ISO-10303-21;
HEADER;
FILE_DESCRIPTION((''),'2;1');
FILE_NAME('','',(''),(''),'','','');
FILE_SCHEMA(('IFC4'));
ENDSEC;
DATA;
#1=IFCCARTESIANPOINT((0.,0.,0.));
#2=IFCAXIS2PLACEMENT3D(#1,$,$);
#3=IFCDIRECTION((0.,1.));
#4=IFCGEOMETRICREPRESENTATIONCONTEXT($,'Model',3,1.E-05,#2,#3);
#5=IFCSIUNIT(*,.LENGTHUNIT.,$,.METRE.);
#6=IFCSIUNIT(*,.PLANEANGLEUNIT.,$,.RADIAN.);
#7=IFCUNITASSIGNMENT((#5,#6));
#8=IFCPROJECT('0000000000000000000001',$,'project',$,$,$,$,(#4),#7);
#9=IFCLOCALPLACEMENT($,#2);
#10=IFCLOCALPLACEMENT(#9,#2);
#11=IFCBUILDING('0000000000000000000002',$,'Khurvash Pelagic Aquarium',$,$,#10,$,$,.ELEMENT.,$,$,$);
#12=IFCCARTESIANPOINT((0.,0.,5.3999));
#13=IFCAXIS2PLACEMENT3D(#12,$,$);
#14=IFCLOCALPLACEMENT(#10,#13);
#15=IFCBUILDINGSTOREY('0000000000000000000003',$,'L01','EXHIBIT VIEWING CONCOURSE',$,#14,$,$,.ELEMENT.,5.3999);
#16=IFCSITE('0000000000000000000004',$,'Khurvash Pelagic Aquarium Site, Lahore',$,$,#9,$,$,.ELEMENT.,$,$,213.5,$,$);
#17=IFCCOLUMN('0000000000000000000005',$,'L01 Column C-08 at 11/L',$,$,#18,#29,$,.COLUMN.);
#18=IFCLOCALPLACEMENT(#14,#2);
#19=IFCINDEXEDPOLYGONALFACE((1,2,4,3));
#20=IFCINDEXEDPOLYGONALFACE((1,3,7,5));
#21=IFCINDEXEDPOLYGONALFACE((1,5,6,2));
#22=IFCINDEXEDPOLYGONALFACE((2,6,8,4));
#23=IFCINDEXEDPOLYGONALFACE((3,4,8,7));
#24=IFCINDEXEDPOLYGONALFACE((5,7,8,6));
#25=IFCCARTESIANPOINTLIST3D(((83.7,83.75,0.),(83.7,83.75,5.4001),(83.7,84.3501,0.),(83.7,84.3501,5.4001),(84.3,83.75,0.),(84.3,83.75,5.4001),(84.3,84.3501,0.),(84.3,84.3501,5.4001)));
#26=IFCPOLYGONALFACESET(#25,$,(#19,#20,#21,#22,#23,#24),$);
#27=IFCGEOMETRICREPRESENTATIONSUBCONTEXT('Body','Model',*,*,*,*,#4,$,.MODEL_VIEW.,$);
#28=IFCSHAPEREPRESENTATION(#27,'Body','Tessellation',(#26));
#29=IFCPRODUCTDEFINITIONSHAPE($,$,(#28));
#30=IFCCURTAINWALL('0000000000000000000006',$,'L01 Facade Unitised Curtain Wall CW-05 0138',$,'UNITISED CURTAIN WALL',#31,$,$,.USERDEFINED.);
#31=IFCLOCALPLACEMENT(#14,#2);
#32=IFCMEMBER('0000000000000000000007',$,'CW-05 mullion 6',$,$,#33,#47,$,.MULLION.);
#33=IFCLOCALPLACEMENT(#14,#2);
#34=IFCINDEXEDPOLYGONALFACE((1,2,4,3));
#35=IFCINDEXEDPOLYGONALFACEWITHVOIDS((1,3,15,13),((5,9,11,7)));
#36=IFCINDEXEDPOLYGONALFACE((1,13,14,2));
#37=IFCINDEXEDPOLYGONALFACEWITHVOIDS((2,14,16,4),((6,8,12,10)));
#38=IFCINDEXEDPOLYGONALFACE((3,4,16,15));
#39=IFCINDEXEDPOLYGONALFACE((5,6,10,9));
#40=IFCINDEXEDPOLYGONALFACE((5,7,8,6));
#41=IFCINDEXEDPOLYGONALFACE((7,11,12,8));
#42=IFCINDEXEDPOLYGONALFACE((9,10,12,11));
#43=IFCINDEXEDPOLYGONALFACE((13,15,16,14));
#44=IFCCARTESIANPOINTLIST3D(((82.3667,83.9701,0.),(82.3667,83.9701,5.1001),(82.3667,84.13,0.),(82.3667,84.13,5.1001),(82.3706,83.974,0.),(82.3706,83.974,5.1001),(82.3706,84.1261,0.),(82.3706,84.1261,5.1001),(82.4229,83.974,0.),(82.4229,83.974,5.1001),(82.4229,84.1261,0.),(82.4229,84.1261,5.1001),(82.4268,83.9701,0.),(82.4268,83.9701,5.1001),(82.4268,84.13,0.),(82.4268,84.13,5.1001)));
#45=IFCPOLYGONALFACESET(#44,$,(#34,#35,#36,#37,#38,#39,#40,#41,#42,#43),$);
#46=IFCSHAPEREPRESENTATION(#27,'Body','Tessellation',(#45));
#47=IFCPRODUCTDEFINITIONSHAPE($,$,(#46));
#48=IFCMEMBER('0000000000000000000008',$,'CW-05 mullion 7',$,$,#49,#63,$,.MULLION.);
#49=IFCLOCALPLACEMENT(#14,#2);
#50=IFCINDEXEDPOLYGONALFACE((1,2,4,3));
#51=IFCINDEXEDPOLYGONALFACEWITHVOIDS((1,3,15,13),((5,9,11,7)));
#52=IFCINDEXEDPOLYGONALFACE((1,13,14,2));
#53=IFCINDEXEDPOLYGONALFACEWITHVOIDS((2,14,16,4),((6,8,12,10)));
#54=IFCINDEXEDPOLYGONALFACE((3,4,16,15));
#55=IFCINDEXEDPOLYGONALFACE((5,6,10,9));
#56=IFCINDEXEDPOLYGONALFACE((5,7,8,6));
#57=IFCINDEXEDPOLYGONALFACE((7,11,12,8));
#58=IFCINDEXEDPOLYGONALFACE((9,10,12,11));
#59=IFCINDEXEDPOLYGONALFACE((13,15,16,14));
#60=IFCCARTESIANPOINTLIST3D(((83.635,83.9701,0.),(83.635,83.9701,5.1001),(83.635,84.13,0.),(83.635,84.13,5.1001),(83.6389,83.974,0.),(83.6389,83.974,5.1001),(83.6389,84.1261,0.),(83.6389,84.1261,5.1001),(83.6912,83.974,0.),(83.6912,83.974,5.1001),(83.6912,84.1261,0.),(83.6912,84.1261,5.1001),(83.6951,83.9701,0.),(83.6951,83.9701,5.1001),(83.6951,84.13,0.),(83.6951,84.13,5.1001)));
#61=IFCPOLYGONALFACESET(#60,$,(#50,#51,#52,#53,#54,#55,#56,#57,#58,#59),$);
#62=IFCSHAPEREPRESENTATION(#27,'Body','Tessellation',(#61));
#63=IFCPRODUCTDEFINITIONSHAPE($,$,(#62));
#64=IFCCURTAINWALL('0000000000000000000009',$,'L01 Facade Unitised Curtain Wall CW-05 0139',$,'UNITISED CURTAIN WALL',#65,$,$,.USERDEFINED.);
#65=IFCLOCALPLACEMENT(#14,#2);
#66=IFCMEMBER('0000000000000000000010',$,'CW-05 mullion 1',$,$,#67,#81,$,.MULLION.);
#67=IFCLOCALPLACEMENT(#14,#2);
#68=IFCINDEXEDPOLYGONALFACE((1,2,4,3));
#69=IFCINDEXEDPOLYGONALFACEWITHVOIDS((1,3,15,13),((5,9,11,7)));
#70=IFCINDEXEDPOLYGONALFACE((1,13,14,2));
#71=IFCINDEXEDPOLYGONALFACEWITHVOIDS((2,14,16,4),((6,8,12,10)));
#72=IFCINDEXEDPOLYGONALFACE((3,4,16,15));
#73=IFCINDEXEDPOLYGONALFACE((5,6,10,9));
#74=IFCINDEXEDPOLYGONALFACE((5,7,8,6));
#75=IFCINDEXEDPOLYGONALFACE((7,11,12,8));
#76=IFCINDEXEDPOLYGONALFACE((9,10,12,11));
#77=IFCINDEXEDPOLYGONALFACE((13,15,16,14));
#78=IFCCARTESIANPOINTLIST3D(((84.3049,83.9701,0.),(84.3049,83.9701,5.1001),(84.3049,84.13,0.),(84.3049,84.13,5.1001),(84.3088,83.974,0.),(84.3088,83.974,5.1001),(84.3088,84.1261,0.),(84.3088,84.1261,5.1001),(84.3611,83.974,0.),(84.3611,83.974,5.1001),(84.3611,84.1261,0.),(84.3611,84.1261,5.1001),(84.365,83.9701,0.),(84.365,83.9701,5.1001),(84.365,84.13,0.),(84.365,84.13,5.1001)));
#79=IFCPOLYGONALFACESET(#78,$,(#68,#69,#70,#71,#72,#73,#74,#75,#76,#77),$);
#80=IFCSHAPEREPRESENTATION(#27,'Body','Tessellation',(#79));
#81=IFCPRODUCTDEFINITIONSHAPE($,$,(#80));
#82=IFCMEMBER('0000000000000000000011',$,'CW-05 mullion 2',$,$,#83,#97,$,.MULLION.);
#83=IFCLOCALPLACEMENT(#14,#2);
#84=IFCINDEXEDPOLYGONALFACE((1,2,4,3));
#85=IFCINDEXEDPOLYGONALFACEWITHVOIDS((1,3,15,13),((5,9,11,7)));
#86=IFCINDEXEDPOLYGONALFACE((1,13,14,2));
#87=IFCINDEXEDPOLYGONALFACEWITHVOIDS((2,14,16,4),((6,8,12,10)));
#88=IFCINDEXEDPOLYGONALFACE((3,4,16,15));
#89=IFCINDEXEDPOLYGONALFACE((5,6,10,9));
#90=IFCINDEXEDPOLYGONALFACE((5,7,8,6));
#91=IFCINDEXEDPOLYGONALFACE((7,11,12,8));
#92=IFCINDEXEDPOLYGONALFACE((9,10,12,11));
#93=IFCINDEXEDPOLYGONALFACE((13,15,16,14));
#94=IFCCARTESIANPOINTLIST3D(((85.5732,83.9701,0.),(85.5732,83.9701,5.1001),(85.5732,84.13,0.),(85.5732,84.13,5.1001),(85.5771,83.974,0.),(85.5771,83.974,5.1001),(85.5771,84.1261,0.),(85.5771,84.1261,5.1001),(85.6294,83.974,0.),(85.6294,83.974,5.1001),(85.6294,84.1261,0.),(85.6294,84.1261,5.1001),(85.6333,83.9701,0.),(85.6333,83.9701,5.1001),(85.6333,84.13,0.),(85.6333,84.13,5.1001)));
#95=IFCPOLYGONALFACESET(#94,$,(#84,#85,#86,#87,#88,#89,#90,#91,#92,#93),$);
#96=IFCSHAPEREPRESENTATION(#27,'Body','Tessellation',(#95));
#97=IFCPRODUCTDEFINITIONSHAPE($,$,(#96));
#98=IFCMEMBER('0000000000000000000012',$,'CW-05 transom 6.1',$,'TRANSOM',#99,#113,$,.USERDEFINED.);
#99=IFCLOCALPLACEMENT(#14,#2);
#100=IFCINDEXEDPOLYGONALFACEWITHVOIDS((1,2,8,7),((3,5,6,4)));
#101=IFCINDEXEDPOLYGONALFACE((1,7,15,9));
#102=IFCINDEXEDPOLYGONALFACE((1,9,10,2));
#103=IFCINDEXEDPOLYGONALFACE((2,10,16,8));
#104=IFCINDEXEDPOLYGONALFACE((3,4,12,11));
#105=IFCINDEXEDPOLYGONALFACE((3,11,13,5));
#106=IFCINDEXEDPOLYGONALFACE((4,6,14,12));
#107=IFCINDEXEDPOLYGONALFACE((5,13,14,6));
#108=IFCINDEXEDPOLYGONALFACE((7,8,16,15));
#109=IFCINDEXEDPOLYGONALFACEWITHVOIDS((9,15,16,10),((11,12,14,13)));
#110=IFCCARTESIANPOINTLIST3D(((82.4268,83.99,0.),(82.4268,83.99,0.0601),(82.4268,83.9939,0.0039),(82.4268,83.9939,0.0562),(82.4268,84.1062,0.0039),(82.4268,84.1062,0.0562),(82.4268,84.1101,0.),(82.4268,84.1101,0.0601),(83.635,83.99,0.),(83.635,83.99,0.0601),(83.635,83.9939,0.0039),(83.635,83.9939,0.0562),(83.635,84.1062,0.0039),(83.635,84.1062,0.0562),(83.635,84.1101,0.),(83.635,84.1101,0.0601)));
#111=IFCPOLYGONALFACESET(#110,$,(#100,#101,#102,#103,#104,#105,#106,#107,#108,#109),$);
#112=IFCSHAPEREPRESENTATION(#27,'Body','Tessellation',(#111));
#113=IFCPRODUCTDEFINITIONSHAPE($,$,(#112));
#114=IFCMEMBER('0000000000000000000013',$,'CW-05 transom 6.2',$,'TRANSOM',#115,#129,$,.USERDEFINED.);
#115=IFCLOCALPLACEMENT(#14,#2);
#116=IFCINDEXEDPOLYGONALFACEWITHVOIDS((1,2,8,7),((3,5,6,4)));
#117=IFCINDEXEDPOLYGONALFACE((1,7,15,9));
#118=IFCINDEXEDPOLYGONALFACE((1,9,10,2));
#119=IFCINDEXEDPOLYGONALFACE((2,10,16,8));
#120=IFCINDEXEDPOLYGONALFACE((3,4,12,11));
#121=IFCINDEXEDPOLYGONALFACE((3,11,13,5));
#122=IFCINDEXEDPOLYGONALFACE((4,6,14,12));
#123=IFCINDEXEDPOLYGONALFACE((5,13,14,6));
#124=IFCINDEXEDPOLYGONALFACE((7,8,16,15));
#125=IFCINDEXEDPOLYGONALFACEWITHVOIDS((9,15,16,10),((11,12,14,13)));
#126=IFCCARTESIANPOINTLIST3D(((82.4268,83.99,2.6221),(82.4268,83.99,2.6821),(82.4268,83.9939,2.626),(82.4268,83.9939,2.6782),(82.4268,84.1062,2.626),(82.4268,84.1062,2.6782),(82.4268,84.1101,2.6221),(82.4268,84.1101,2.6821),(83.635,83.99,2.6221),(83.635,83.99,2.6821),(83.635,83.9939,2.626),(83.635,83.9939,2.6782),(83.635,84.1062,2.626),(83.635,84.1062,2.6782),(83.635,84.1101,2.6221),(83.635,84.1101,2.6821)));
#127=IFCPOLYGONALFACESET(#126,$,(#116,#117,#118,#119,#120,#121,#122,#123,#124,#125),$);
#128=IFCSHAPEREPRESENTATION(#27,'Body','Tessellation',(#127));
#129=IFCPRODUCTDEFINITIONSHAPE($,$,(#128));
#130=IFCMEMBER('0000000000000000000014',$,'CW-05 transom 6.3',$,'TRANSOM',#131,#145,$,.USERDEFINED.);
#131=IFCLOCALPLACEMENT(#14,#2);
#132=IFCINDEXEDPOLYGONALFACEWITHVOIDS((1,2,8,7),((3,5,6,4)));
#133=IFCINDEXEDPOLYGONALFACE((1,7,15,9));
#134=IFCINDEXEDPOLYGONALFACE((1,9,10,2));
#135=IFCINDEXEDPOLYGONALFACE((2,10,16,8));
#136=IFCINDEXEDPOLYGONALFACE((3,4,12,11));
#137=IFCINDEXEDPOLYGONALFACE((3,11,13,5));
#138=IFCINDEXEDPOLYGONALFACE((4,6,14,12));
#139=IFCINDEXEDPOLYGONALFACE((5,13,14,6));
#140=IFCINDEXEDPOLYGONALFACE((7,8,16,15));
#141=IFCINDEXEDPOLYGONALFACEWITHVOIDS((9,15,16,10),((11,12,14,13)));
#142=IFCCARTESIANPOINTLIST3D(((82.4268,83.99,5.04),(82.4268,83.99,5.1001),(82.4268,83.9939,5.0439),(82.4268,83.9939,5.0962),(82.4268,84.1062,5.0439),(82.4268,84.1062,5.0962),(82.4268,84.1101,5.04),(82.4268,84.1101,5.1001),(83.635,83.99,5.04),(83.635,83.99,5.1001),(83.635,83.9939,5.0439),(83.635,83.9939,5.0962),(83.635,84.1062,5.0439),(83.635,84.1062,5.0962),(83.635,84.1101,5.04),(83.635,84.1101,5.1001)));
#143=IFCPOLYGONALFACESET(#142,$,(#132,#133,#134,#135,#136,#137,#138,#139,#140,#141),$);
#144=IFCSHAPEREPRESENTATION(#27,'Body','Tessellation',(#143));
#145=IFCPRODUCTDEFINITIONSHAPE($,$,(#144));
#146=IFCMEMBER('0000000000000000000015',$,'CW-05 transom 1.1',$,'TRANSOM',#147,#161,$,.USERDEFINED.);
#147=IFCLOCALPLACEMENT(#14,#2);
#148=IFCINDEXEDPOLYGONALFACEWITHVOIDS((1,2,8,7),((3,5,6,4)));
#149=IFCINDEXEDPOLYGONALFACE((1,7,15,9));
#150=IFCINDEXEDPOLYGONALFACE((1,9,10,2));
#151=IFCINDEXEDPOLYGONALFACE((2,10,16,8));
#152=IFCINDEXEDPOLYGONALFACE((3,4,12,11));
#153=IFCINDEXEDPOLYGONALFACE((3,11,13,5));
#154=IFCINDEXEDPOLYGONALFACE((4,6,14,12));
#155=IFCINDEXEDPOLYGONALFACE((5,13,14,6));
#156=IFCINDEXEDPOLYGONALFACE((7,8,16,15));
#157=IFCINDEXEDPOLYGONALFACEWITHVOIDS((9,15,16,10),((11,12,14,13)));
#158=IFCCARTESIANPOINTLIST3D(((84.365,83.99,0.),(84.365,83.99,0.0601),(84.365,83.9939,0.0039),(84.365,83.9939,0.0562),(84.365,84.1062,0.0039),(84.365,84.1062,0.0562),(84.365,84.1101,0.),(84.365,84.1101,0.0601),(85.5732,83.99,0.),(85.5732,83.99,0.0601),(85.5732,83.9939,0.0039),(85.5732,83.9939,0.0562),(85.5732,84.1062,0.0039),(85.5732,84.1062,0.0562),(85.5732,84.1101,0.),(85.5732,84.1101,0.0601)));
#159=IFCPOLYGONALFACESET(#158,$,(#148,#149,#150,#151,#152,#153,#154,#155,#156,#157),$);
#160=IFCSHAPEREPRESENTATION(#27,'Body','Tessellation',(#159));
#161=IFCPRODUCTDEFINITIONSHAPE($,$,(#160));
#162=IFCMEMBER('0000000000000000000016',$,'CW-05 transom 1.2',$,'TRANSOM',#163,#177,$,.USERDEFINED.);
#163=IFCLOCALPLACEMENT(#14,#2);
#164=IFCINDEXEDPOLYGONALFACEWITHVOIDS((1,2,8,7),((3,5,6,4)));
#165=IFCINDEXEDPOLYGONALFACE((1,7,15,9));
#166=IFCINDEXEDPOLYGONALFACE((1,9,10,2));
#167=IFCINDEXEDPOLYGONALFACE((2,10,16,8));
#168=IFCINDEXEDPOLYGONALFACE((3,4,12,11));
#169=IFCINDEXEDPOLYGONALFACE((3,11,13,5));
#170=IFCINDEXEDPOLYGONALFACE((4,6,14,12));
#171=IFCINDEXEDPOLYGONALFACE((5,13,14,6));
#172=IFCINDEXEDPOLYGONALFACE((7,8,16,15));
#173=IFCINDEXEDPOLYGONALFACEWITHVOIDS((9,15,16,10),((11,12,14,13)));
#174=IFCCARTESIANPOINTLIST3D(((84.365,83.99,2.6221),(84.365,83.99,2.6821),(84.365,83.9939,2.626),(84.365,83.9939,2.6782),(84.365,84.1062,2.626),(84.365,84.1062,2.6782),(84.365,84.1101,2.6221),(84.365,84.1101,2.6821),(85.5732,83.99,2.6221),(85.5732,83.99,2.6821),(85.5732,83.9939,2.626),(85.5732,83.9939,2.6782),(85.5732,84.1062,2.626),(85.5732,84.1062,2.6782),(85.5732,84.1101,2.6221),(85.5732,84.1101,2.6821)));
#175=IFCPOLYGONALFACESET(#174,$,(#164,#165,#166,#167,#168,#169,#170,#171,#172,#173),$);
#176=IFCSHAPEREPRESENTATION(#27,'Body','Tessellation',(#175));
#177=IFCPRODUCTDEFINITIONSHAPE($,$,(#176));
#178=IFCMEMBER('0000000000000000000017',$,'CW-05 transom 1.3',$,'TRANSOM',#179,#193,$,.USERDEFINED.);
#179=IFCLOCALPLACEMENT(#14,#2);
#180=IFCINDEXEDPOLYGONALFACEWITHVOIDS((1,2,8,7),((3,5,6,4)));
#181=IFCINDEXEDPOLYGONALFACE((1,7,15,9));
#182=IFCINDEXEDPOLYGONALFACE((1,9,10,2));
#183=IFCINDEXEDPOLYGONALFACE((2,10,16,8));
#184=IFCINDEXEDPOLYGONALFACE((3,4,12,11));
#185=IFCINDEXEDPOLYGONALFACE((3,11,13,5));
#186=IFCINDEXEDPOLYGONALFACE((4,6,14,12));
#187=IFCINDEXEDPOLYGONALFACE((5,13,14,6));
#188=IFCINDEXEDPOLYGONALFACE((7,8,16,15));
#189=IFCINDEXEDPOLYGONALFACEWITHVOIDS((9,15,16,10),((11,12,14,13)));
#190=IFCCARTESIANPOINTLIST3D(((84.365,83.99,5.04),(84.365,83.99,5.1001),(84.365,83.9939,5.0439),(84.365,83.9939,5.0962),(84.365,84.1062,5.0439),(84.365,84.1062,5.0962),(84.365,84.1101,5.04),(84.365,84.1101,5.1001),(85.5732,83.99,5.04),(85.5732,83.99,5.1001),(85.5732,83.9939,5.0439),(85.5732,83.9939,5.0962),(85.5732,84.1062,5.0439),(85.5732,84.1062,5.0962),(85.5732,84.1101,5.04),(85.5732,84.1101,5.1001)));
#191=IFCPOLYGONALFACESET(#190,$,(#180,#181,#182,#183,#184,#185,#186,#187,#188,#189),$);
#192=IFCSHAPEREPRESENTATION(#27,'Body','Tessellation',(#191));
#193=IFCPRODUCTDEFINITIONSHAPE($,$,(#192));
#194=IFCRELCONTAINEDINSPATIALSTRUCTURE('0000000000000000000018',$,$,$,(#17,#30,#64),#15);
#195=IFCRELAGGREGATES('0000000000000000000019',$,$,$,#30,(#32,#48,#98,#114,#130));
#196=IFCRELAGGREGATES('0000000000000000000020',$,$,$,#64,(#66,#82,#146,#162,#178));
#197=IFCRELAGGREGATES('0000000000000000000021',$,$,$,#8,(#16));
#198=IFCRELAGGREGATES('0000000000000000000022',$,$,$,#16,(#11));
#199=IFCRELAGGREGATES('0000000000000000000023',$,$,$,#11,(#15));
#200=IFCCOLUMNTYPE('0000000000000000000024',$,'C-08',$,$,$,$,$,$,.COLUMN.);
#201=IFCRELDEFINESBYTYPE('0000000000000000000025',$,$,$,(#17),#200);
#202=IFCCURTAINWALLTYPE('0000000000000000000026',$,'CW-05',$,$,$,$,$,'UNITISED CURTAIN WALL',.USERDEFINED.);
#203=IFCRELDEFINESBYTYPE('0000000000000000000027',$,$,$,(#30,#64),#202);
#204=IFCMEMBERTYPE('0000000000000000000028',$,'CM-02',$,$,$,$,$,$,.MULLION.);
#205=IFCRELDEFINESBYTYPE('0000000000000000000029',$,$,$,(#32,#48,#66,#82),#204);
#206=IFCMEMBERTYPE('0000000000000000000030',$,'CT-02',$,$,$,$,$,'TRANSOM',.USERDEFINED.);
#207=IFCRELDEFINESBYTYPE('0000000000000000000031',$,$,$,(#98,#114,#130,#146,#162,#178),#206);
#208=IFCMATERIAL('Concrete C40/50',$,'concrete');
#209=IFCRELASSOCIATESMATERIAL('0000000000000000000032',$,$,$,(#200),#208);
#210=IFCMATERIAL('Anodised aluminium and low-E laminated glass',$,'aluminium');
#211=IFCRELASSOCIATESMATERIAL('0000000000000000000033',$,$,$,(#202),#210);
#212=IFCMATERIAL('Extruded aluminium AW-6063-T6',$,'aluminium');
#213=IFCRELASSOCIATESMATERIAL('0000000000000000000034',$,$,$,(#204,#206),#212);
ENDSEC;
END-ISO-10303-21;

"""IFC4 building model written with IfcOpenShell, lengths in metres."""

from ifc_helpers import new_model, si_unit, direction, frame, origin, origin_2d, place, context, subcontext, project, spatial, rectangle, hollow_rectangle, extrude, material, material_profile, profile_set, type_object, element, aggregate, save


model = new_model("IFC4")

# Units and contexts
model_context = context("Model", 3, precision=1e-05, world=origin(), true_north=direction((0.0, 1.0)))
body_context = subcontext(model_context, "Body", "Model", "MODEL_VIEW")
ifc_project = project(units=[si_unit("LENGTHUNIT", "METRE"), si_unit("PLANEANGLEUNIT", "RADIAN")], contexts=[model_context])

# Site, building, storey
site_placement = place(None, origin())
site = spatial("IfcSite", under=ifc_project, at=site_placement, Name="Khurvash Pelagic Aquarium Site, Lahore", CompositionType="ELEMENT", RefElevation=213.5)
building_placement = place(site_placement, origin())
building = spatial("IfcBuilding", under=site, at=building_placement, Name="Khurvash Pelagic Aquarium", CompositionType="ELEMENT")
storey_placement = place(building_placement, frame((0.0, 0.0, 5.3999)))
storey = spatial("IfcBuildingStorey", under=building, at=storey_placement, Name="L01", Description="EXHIBIT VIEWING CONCOURSE", CompositionType="ELEMENT", Elevation=5.3999)

# Column
ifc_material_1 = material(Name="Concrete C40/50", Category="concrete")
ifc_material_profile_1 = material_profile(ifc_material_1, rectangle(XDim=0.6001, YDim=0.6001, at=origin_2d()), Name="RC600X600")
ifc_profile_set_1 = profile_set([ifc_material_profile_1], Name="Concrete C40/50")
column_type = type_object("IfcColumnType", Name="C-08", PredefinedType="COLUMN", material=ifc_profile_set_1)
column_placement = place(storey_placement, frame((84.0, 84.05, 0.0), z_axis=(0.0, 0.0, 1.0), x_axis=(1.0, 0.0, 0.0)))
element("IfcColumn", 1, at=column_placement, inside=storey, type_object=column_type, Name="L01 Column C-08 at 11/L", PredefinedType="COLUMN", context=body_context, shape_type="SweptSolid", body=[
    extrude(rectangle(XDim=0.6001, YDim=0.6001, at=origin_2d()), origin(), (0.0, 0.0, 1.0), 5.4001),
])

# Curtain walls, members
ifc_material_2 = material(Name="Anodised aluminium and low-E laminated glass", Category="aluminium")
curtain_wall_type = type_object("IfcCurtainWallType", Name="CW-05", ElementType="UNITISED CURTAIN WALL", PredefinedType="USERDEFINED", material=ifc_material_2)
curtain_wall_1_placement = place(storey_placement, origin())
curtain_wall_1 = element("IfcCurtainWall", 2, at=curtain_wall_1_placement, inside=storey, type_object=curtain_wall_type, Name="L01 Facade Unitised Curtain Wall CW-05 0138", ObjectType="UNITISED CURTAIN WALL", PredefinedType="USERDEFINED")
ifc_material_3 = material(Name="Extruded aluminium AW-6063-T6", Category="aluminium")
ifc_material_profile_2 = material_profile(ifc_material_3, hollow_rectangle(XDim=0.0601, YDim=0.1599, WallThickness=0.0039, at=origin_2d()), Name="CWM60X160X4")
ifc_profile_set_2 = profile_set([ifc_material_profile_2], Name="Extruded aluminium AW-6063-T6")
member_type_1 = type_object("IfcMemberType", Name="CM-02", PredefinedType="MULLION", material=ifc_profile_set_2)
member_1_placement = place(storey_placement, frame((82.3967, 84.05, 0.0), z_axis=(0.0, 0.0, 1.0), x_axis=(1.0, 0.0, 0.0)))
member_1 = element("IfcMember", 3, at=member_1_placement, type_object=member_type_1, Name="CW-05 mullion 6", PredefinedType="MULLION", context=body_context, shape_type="SweptSolid", body=[
    extrude(hollow_rectangle(XDim=0.0601, YDim=0.1599, WallThickness=0.0039, at=origin_2d()), origin(), (0.0, 0.0, 1.0), 5.1001),
])
member_2_placement = place(storey_placement, frame((83.665, 84.05, 0.0), z_axis=(0.0, 0.0, 1.0), x_axis=(1.0, 0.0, 0.0)))
member_2 = element("IfcMember", 4, at=member_2_placement, type_object=member_type_1, Name="CW-05 mullion 7", PredefinedType="MULLION", context=body_context, shape_type="SweptSolid", body=[
    extrude(hollow_rectangle(XDim=0.0601, YDim=0.1599, WallThickness=0.0039, at=origin_2d()), origin(), (0.0, 0.0, 1.0), 5.1001),
])
curtain_wall_2_placement = place(storey_placement, origin())
curtain_wall_2 = element("IfcCurtainWall", 5, at=curtain_wall_2_placement, inside=storey, type_object=curtain_wall_type, Name="L01 Facade Unitised Curtain Wall CW-05 0139", ObjectType="UNITISED CURTAIN WALL", PredefinedType="USERDEFINED")
member_3_placement = place(storey_placement, frame((84.335, 84.05, 0.0), z_axis=(0.0, 0.0, 1.0), x_axis=(1.0, 0.0, 0.0)))
member_3 = element("IfcMember", 6, at=member_3_placement, type_object=member_type_1, Name="CW-05 mullion 1", PredefinedType="MULLION", context=body_context, shape_type="SweptSolid", body=[
    extrude(hollow_rectangle(XDim=0.0601, YDim=0.1599, WallThickness=0.0039, at=origin_2d()), origin(), (0.0, 0.0, 1.0), 5.1001),
])
member_4_placement = place(storey_placement, frame((85.6033, 84.05, 0.0), z_axis=(0.0, 0.0, 1.0), x_axis=(1.0, 0.0, 0.0)))
member_4 = element("IfcMember", 7, at=member_4_placement, type_object=member_type_1, Name="CW-05 mullion 2", PredefinedType="MULLION", context=body_context, shape_type="SweptSolid", body=[
    extrude(hollow_rectangle(XDim=0.0601, YDim=0.1599, WallThickness=0.0039, at=origin_2d()), origin(), (0.0, 0.0, 1.0), 5.1001),
])

# Members
ifc_material_profile_3 = material_profile(ifc_material_3, hollow_rectangle(XDim=0.1201, YDim=0.0601, WallThickness=0.0039, at=origin_2d()), Name="CWT120X60X4")
ifc_profile_set_3 = profile_set([ifc_material_profile_3], Name="Extruded aluminium AW-6063-T6")
member_type_2 = type_object("IfcMemberType", Name="CT-02", ElementType="TRANSOM", PredefinedType="USERDEFINED", material=ifc_profile_set_3)
member_5_placement = place(storey_placement, frame((82.4268, 84.05, 0.03), z_axis=(1.0, 0.0, 0.0), x_axis=(0.0, 1.0, 0.0)))
member_5 = element("IfcMember", 8, at=member_5_placement, type_object=member_type_2, Name="CW-05 transom 6.1", ObjectType="TRANSOM", PredefinedType="USERDEFINED", context=body_context, shape_type="SweptSolid", body=[
    extrude(hollow_rectangle(XDim=0.1201, YDim=0.0601, WallThickness=0.0039, at=origin_2d()), origin(), (0.0, 0.0, 1.0), 1.2083),
])
member_6_placement = place(storey_placement, frame((82.4268, 84.05, 2.6521), z_axis=(1.0, 0.0, 0.0), x_axis=(0.0, 1.0, 0.0)))
member_6 = element("IfcMember", 9, at=member_6_placement, type_object=member_type_2, Name="CW-05 transom 6.2", ObjectType="TRANSOM", PredefinedType="USERDEFINED", context=body_context, shape_type="SweptSolid", body=[
    extrude(hollow_rectangle(XDim=0.1201, YDim=0.0601, WallThickness=0.0039, at=origin_2d()), origin(), (0.0, 0.0, 1.0), 1.2083),
])
member_7_placement = place(storey_placement, frame((82.4268, 84.05, 5.0701), z_axis=(1.0, 0.0, 0.0), x_axis=(0.0, 1.0, 0.0)))
member_7 = element("IfcMember", 10, at=member_7_placement, type_object=member_type_2, Name="CW-05 transom 6.3", ObjectType="TRANSOM", PredefinedType="USERDEFINED", context=body_context, shape_type="SweptSolid", body=[
    extrude(hollow_rectangle(XDim=0.1201, YDim=0.0601, WallThickness=0.0039, at=origin_2d()), origin(), (0.0, 0.0, 1.0), 1.2083),
])
member_8_placement = place(storey_placement, frame((84.365, 84.05, 0.03), z_axis=(1.0, 0.0, 0.0), x_axis=(0.0, 1.0, 0.0)))
member_8 = element("IfcMember", 11, at=member_8_placement, type_object=member_type_2, Name="CW-05 transom 1.1", ObjectType="TRANSOM", PredefinedType="USERDEFINED", context=body_context, shape_type="SweptSolid", body=[
    extrude(hollow_rectangle(XDim=0.1201, YDim=0.0601, WallThickness=0.0039, at=origin_2d()), origin(), (0.0, 0.0, 1.0), 1.2083),
])
member_9_placement = place(storey_placement, frame((84.365, 84.05, 2.6521), z_axis=(1.0, 0.0, 0.0), x_axis=(0.0, 1.0, 0.0)))
member_9 = element("IfcMember", 12, at=member_9_placement, type_object=member_type_2, Name="CW-05 transom 1.2", ObjectType="TRANSOM", PredefinedType="USERDEFINED", context=body_context, shape_type="SweptSolid", body=[
    extrude(hollow_rectangle(XDim=0.1201, YDim=0.0601, WallThickness=0.0039, at=origin_2d()), origin(), (0.0, 0.0, 1.0), 1.2083),
])
member_10_placement = place(storey_placement, frame((84.365, 84.05, 5.0701), z_axis=(1.0, 0.0, 0.0), x_axis=(0.0, 1.0, 0.0)))
member_10 = element("IfcMember", 13, at=member_10_placement, type_object=member_type_2, Name="CW-05 transom 1.3", ObjectType="TRANSOM", PredefinedType="USERDEFINED", context=body_context, shape_type="SweptSolid", body=[
    extrude(hollow_rectangle(XDim=0.1201, YDim=0.0601, WallThickness=0.0039, at=origin_2d()), origin(), (0.0, 0.0, 1.0), 1.2083),
])

aggregate(curtain_wall_1, [member_1, member_2, member_5, member_6, member_7])
aggregate(curtain_wall_2, [member_3, member_4, member_8, member_9, member_10])

save(model, "model.ifc")
